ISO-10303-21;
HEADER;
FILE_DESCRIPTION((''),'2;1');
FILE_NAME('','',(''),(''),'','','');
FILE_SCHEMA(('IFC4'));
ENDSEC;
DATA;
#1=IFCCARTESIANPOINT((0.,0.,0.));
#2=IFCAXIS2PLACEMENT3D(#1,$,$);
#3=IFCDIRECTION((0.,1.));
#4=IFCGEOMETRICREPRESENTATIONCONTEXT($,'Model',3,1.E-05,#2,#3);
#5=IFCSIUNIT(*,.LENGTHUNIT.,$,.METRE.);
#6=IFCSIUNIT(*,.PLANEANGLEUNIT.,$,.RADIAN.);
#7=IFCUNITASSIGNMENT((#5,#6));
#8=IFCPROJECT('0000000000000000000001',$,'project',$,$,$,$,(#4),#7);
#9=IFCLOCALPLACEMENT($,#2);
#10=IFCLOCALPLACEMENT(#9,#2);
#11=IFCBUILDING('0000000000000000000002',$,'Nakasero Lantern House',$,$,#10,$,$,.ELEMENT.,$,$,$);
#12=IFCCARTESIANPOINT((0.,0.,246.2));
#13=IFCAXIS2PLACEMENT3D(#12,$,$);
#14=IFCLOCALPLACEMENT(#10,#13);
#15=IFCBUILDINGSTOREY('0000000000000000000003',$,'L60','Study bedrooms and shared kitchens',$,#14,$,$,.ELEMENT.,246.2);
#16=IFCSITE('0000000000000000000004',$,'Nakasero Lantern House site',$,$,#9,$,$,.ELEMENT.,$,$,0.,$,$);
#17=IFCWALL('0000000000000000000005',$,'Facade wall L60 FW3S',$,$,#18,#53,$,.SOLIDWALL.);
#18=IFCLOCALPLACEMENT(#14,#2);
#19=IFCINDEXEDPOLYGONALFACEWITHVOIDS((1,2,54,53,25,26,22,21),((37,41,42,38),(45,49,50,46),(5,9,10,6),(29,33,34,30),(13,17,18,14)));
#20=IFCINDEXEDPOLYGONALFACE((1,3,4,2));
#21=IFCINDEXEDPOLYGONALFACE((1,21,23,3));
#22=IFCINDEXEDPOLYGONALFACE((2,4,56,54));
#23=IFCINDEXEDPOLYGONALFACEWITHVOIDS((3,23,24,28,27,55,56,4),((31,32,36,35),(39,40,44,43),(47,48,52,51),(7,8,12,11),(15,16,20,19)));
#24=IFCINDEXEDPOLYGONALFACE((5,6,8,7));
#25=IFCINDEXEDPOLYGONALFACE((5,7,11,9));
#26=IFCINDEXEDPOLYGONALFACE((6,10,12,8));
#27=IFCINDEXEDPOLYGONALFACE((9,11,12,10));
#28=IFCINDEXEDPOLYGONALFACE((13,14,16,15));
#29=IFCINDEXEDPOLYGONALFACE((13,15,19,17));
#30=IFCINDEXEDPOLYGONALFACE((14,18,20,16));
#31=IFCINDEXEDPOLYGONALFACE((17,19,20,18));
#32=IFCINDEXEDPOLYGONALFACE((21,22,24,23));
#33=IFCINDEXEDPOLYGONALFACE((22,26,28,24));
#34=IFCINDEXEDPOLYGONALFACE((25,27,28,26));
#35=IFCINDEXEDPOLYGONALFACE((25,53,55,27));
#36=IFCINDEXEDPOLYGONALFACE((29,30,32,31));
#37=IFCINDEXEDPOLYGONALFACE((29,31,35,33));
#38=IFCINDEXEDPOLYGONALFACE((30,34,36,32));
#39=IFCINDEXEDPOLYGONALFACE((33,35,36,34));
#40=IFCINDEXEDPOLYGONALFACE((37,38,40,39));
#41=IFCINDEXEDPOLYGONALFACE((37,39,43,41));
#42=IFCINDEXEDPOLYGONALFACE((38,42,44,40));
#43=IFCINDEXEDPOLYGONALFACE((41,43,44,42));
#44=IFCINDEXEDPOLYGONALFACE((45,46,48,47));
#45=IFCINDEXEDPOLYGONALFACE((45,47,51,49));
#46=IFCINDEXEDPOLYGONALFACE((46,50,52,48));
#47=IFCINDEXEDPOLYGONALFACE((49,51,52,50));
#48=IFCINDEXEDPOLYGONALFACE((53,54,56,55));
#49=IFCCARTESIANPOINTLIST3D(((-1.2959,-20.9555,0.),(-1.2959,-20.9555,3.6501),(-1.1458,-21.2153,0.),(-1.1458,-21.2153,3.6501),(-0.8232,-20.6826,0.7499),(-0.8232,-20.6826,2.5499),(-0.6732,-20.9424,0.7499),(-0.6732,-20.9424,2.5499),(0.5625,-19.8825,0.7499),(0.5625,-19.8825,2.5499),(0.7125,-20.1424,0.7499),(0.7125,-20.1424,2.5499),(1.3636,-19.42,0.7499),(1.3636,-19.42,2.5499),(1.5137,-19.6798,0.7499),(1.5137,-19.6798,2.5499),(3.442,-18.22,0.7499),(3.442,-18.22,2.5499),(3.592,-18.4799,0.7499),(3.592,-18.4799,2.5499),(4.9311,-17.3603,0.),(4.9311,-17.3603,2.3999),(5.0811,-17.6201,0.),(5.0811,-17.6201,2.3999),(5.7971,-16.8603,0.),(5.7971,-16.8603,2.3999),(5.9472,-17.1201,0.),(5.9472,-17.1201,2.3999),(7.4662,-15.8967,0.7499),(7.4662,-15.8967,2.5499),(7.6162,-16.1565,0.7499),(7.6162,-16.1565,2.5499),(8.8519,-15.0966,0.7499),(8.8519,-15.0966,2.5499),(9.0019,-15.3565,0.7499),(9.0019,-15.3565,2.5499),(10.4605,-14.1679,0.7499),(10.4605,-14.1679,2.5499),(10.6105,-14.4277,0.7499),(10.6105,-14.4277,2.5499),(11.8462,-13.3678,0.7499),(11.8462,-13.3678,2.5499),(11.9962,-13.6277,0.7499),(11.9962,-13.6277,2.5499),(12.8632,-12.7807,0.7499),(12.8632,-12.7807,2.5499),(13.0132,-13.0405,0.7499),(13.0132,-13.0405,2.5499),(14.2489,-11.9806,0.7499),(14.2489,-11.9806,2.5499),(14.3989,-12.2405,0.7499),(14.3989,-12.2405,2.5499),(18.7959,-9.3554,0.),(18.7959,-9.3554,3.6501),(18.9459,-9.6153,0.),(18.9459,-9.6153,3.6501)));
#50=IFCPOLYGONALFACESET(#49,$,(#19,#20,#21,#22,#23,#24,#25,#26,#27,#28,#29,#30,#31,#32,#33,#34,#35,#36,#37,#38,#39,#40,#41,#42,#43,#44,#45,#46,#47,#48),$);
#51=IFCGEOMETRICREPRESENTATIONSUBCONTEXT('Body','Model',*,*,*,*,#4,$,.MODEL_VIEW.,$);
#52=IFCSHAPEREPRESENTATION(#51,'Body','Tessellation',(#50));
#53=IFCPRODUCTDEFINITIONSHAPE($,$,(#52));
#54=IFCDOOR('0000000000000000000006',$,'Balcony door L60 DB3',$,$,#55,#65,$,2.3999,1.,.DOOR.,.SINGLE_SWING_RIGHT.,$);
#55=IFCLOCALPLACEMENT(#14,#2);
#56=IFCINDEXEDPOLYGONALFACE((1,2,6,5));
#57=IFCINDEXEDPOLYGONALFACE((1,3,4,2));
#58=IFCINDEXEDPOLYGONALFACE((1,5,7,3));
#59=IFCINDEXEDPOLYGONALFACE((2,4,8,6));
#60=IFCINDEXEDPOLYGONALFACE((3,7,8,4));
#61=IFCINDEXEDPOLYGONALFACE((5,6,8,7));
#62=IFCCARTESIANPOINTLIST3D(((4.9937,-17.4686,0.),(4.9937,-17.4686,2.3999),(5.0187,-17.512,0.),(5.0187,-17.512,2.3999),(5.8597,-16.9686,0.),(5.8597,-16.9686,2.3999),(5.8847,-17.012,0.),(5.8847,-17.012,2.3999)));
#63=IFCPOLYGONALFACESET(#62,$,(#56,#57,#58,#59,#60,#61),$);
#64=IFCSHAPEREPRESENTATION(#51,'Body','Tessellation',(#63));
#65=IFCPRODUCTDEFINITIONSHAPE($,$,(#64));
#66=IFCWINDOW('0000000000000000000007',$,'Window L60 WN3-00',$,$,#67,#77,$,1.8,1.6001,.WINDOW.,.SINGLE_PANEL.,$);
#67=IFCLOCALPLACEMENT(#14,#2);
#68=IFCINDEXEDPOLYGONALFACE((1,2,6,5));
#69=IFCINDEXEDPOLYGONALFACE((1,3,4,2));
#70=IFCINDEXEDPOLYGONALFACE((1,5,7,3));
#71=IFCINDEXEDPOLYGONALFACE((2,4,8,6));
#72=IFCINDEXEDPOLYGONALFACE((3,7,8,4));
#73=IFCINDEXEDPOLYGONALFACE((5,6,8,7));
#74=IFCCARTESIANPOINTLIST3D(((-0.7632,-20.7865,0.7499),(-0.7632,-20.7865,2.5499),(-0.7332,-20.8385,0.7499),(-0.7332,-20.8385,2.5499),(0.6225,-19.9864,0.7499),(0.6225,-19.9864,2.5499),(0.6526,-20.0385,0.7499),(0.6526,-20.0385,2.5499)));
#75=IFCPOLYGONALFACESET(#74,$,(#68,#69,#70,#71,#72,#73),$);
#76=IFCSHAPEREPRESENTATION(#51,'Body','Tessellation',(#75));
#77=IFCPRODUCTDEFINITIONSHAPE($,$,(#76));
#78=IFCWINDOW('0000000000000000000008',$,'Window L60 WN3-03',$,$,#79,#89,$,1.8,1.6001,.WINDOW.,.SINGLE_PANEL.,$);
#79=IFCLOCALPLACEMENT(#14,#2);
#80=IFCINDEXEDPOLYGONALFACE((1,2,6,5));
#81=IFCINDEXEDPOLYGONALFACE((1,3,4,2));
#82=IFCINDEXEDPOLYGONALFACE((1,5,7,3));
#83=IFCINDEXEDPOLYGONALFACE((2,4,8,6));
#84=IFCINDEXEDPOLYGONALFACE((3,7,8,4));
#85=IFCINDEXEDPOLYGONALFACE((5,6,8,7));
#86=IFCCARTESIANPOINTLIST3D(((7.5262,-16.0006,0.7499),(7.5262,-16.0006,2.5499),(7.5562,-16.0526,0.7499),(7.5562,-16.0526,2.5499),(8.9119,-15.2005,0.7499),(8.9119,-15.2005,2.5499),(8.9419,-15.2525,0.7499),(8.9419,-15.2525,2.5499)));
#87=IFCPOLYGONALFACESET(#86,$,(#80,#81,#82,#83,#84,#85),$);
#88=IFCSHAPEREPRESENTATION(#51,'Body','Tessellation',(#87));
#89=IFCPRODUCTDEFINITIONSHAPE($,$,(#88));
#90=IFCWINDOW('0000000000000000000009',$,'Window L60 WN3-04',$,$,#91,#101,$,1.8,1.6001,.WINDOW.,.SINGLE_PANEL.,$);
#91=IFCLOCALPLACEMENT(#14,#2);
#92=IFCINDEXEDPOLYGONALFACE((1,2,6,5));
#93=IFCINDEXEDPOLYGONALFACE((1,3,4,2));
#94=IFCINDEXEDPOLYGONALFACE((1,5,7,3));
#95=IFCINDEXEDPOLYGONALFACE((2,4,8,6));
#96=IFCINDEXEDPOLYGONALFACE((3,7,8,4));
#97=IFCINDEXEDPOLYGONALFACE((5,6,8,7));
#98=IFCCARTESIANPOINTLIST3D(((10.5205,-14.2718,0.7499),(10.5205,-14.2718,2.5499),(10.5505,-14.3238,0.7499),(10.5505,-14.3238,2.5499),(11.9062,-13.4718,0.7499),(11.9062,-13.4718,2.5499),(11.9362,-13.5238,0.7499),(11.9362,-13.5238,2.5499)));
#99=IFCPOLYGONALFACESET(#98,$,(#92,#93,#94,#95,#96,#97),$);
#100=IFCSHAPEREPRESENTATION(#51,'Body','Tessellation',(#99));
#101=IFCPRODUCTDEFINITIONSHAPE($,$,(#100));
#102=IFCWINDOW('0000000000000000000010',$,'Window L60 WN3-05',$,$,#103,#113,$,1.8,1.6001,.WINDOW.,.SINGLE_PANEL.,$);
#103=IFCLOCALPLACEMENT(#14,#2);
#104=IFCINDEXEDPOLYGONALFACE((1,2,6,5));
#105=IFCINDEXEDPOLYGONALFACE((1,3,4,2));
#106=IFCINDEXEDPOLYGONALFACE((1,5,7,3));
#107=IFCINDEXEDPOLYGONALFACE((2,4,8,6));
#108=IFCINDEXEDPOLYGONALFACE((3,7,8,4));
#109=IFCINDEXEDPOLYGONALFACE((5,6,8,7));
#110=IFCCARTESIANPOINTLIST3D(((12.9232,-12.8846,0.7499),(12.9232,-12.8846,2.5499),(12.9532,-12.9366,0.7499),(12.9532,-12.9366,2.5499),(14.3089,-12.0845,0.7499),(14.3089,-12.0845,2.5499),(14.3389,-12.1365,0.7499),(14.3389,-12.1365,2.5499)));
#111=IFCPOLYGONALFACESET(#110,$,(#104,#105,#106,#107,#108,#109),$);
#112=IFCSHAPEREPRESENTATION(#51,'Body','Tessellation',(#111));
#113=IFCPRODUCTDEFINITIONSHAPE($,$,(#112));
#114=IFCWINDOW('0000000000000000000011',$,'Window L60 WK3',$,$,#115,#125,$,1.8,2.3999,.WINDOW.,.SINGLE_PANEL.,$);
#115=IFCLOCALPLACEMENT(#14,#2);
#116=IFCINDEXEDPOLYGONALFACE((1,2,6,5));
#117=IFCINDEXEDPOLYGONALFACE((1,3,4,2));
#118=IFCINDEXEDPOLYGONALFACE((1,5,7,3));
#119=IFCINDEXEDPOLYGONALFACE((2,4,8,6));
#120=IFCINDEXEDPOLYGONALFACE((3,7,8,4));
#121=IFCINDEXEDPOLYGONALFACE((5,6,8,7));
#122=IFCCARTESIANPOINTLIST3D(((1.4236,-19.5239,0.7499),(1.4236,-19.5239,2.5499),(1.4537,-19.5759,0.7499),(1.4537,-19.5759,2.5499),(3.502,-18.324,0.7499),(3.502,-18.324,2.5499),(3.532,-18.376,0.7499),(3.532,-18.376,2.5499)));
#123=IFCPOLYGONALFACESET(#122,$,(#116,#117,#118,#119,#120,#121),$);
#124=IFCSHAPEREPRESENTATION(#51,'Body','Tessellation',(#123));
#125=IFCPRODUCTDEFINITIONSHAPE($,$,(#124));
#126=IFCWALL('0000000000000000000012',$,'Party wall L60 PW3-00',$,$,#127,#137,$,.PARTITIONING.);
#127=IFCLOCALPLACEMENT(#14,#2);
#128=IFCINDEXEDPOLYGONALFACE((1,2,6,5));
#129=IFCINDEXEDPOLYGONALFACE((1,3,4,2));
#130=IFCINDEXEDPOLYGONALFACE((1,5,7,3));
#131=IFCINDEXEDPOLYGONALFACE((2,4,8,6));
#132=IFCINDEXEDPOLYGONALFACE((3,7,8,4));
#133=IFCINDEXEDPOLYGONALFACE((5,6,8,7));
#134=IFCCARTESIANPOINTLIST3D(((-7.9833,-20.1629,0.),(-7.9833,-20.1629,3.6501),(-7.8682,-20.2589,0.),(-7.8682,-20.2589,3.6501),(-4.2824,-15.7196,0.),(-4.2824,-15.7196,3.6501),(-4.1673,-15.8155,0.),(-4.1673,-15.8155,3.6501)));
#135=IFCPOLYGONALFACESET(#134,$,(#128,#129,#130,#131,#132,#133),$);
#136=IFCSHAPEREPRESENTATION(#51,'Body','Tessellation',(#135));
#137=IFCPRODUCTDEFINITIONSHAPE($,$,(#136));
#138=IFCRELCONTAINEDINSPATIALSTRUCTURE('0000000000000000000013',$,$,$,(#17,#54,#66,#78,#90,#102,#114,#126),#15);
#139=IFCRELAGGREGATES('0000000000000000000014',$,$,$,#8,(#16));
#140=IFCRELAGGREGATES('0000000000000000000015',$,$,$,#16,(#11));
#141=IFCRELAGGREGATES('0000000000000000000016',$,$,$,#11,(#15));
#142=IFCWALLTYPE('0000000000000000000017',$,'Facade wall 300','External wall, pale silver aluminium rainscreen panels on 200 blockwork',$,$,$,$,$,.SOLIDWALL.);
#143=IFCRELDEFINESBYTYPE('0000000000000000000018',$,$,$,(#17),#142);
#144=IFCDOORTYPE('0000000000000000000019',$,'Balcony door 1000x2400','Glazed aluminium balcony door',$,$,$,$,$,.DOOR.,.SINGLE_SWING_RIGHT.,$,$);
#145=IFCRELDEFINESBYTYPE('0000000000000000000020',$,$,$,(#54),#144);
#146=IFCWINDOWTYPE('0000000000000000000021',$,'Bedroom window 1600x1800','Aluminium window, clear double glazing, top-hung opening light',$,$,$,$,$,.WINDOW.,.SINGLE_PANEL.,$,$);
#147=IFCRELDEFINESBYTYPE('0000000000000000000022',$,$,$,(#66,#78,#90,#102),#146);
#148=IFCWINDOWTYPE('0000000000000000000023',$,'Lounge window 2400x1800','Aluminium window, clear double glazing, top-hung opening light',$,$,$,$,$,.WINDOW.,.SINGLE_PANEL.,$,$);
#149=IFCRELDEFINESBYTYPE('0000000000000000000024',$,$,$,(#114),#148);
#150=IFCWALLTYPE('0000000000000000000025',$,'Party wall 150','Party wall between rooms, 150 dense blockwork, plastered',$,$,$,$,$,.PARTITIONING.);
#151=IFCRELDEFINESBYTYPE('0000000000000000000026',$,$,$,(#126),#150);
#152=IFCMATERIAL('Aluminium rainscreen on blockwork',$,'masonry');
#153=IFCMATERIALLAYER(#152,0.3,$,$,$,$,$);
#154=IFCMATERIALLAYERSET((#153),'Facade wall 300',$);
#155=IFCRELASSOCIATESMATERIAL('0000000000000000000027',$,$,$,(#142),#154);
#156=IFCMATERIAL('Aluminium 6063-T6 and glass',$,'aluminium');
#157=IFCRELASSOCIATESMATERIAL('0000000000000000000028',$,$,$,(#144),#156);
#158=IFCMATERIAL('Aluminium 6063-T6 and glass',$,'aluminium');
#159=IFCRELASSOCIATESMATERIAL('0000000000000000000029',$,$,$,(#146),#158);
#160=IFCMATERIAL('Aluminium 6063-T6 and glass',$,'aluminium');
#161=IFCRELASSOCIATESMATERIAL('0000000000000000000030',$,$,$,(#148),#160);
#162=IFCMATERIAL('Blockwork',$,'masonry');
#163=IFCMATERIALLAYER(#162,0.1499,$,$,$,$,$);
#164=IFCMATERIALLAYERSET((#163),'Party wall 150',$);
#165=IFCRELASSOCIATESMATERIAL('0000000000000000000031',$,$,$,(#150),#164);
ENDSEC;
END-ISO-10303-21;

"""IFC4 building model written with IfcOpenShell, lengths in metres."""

from ifc_helpers import new_model, si_unit, direction, frame, frame_2d, origin, place, context, subcontext, project, spatial, rectangle, extrude, material, layer, layer_set, type_object, element, fill, save


model = new_model("IFC4")

# Units and contexts
model_context = context("Model", 3, precision=1e-05, world=origin(), true_north=direction((0.0, 1.0)))
body_context = subcontext(model_context, "Body", "Model", "MODEL_VIEW")
ifc_project = project(units=[si_unit("LENGTHUNIT", "METRE"), si_unit("PLANEANGLEUNIT", "RADIAN")], contexts=[model_context])

# Site, building, storey
site_placement = place(None, origin())
site = spatial("IfcSite", under=ifc_project, at=site_placement, Name="Nakasero Lantern House site", CompositionType="ELEMENT", RefElevation=0.0)
building_placement = place(site_placement, origin())
building = spatial("IfcBuilding", under=site, at=building_placement, Name="Nakasero Lantern House", CompositionType="ELEMENT")
storey_placement = place(building_placement, frame((0.0, 0.0, 246.2)))
storey = spatial("IfcBuildingStorey", under=building, at=storey_placement, Name="L60", Description="Study bedrooms and shared kitchens", CompositionType="ELEMENT", Elevation=246.2)

# Shared definitions
ifc_material_1 = material(Name="Aluminium rainscreen on blockwork", Category="masonry")
ifc_layer_1 = layer(ifc_material_1, 0.3)
ifc_layer_set_1 = layer_set([ifc_layer_1], Name="Facade wall 300")
wall_type_1 = type_object("IfcWallType", Name="Facade wall 300", Description="External wall, pale silver aluminium rainscreen panels on 200 blockwork", PredefinedType="SOLIDWALL", material=ifc_layer_set_1)

# Wall, openings, door, windows
wall_1_placement = place(storey_placement, frame((-1.2209, -21.0854, 0.0), z_axis=(0.0, 0.0, 1.0), x_axis=(0.866024, 0.500003, 0.0)))
wall_1 = element("IfcWall", 1, at=wall_1_placement, inside=storey, type_object=wall_type_1, Name="Facade wall L60 FW3S", PredefinedType="SOLIDWALL", context=body_context, shape_type="SweptSolid", body=[
    extrude(rectangle(XDim=23.2, YDim=0.3, at=frame_2d((11.6001, 0.0))), origin(), (0.0, 0.0, 1.0), 3.6501),
])
opening_1_placement = place(wall_1_placement, frame((0.5459, 0.0, 0.75)))
opening_1 = element("IfcOpeningElement", 2, at=opening_1_placement, cuts=wall_1, PredefinedType="OPENING", context=body_context, shape_type="SweptSolid", body=[
    extrude(rectangle(XDim=1.6001, YDim=1.8, at=frame_2d((0.8, 0.8999))), frame((0.0, 0.1699, 0.0), z_axis=(0.0, -1.0, 0.0), x_axis=(1.0, 0.0, 0.0)), (0.0, 0.0, 1.0), 0.3401),
])
opening_2_placement = place(wall_1_placement, frame((10.1177, 0.0, 0.75)))
opening_2 = element("IfcOpeningElement", 3, at=opening_2_placement, cuts=wall_1, PredefinedType="OPENING", context=body_context, shape_type="SweptSolid", body=[
    extrude(rectangle(XDim=1.6001, YDim=1.8, at=frame_2d((0.8, 0.8999))), frame((0.0, 0.1699, 0.0), z_axis=(0.0, -1.0, 0.0), x_axis=(1.0, 0.0, 0.0)), (0.0, 0.0, 1.0), 0.3401),
])
opening_3_placement = place(wall_1_placement, frame((13.5752, 0.0, 0.75)))
opening_3 = element("IfcOpeningElement", 4, at=opening_3_placement, cuts=wall_1, PredefinedType="OPENING", context=body_context, shape_type="SweptSolid", body=[
    extrude(rectangle(XDim=1.6001, YDim=1.8, at=frame_2d((0.8, 0.8999))), frame((0.0, 0.1699, 0.0), z_axis=(0.0, -1.0, 0.0), x_axis=(1.0, 0.0, 0.0)), (0.0, 0.0, 1.0), 0.3401),
])
opening_4_placement = place(wall_1_placement, frame((16.3496, 0.0, 0.75)))
opening_4 = element("IfcOpeningElement", 5, at=opening_4_placement, cuts=wall_1, PredefinedType="OPENING", context=body_context, shape_type="SweptSolid", body=[
    extrude(rectangle(XDim=1.6001, YDim=1.8, at=frame_2d((0.8, 0.8999))), frame((0.0, 0.1699, 0.0), z_axis=(0.0, -1.0, 0.0), x_axis=(1.0, 0.0, 0.0)), (0.0, 0.0, 1.0), 0.3401),
])
opening_5_placement = place(wall_1_placement, frame((3.071, 0.0, 0.75)))
opening_5 = element("IfcOpeningElement", 6, at=opening_5_placement, cuts=wall_1, PredefinedType="OPENING", context=body_context, shape_type="SweptSolid", body=[
    extrude(rectangle(XDim=2.3999, YDim=1.8, at=frame_2d((1.2, 0.8999))), frame((0.0, 0.1699, 0.0), z_axis=(0.0, -1.0, 0.0), x_axis=(1.0, 0.0, 0.0)), (0.0, 0.0, 1.0), 0.3401),
])
opening_6_placement = place(wall_1_placement, frame((7.1904, 0.0, 0.0)))
opening_6 = element("IfcOpeningElement", 7, at=opening_6_placement, cuts=wall_1, PredefinedType="OPENING", context=body_context, shape_type="SweptSolid", body=[
    extrude(rectangle(XDim=1.0, YDim=2.3999, at=frame_2d((0.5, 1.2))), frame((0.0, 0.1699, 0.0), z_axis=(0.0, -1.0, 0.0), x_axis=(1.0, 0.0, 0.0)), (0.0, 0.0, 1.0), 0.3401),
])
ifc_material_2 = material(Name="Aluminium 6063-T6 and glass", Category="aluminium")
door_type_1 = type_object("IfcDoorType", Name="Balcony door 1000x2400", Description="Glazed aluminium balcony door", OperationType="SINGLE_SWING_RIGHT", PredefinedType="DOOR", material=ifc_material_2)
door_1_placement = place(opening_6_placement, origin())
door_1 = element("IfcDoor", 8, at=door_1_placement, inside=storey, type_object=door_type_1, Name="Balcony door L60 DB3", OperationType="SINGLE_SWING_RIGHT", OverallHeight=2.3999, OverallWidth=1.0, PredefinedType="DOOR", context=body_context, shape_type="SweptSolid", body=[
    extrude(rectangle(XDim=1.0, YDim=2.3999, at=frame_2d((0.5, 1.2))), frame((0.0, 0.0249, 0.0), z_axis=(0.0, -1.0, 0.0), x_axis=(1.0, 0.0, 0.0)), (0.0, 0.0, 1.0), 0.05),
])
fill(opening_6, door_1)
ifc_material_3 = material(Name="Aluminium 6063-T6 and glass", Category="aluminium")
window_type_1 = type_object("IfcWindowType", Name="Bedroom window 1600x1800", Description="Aluminium window, clear double glazing, top-hung opening light", PartitioningType="SINGLE_PANEL", PredefinedType="WINDOW", material=ifc_material_3)
window_1_placement = place(opening_1_placement, origin())
window_1 = element("IfcWindow", 9, at=window_1_placement, inside=storey, type_object=window_type_1, Name="Window L60 WN3-00", OverallHeight=1.8, OverallWidth=1.6001, PartitioningType="SINGLE_PANEL", PredefinedType="WINDOW", context=body_context, shape_type="SweptSolid", body=[
    extrude(rectangle(XDim=1.6001, YDim=1.8, at=frame_2d((0.8, 0.8999))), frame((0.0, 0.03, 0.0), z_axis=(0.0, -1.0, 0.0), x_axis=(1.0, 0.0, 0.0)), (0.0, 0.0, 1.0), 0.0601),
])
fill(opening_1, window_1)
window_2_placement = place(opening_2_placement, origin())
window_2 = element("IfcWindow", 10, at=window_2_placement, inside=storey, type_object=window_type_1, Name="Window L60 WN3-03", OverallHeight=1.8, OverallWidth=1.6001, PartitioningType="SINGLE_PANEL", PredefinedType="WINDOW", context=body_context, shape_type="SweptSolid", body=[
    extrude(rectangle(XDim=1.6001, YDim=1.8, at=frame_2d((0.8, 0.8999))), frame((0.0, 0.03, 0.0), z_axis=(0.0, -1.0, 0.0), x_axis=(1.0, 0.0, 0.0)), (0.0, 0.0, 1.0), 0.0601),
])
fill(opening_2, window_2)
window_3_placement = place(opening_3_placement, origin())
window_3 = element("IfcWindow", 11, at=window_3_placement, inside=storey, type_object=window_type_1, Name="Window L60 WN3-04", OverallHeight=1.8, OverallWidth=1.6001, PartitioningType="SINGLE_PANEL", PredefinedType="WINDOW", context=body_context, shape_type="SweptSolid", body=[
    extrude(rectangle(XDim=1.6001, YDim=1.8, at=frame_2d((0.8, 0.8999))), frame((0.0, 0.03, 0.0), z_axis=(0.0, -1.0, 0.0), x_axis=(1.0, 0.0, 0.0)), (0.0, 0.0, 1.0), 0.0601),
])
fill(opening_3, window_3)
window_4_placement = place(opening_4_placement, origin())
window_4 = element("IfcWindow", 12, at=window_4_placement, inside=storey, type_object=window_type_1, Name="Window L60 WN3-05", OverallHeight=1.8, OverallWidth=1.6001, PartitioningType="SINGLE_PANEL", PredefinedType="WINDOW", context=body_context, shape_type="SweptSolid", body=[
    extrude(rectangle(XDim=1.6001, YDim=1.8, at=frame_2d((0.8, 0.8999))), frame((0.0, 0.03, 0.0), z_axis=(0.0, -1.0, 0.0), x_axis=(1.0, 0.0, 0.0)), (0.0, 0.0, 1.0), 0.0601),
])
fill(opening_4, window_4)
ifc_material_4 = material(Name="Aluminium 6063-T6 and glass", Category="aluminium")
window_type_2 = type_object("IfcWindowType", Name="Lounge window 2400x1800", Description="Aluminium window, clear double glazing, top-hung opening light", PartitioningType="SINGLE_PANEL", PredefinedType="WINDOW", material=ifc_material_4)
window_5_placement = place(opening_5_placement, origin())
window_5 = element("IfcWindow", 13, at=window_5_placement, inside=storey, type_object=window_type_2, Name="Window L60 WK3", OverallHeight=1.8, OverallWidth=2.3999, PartitioningType="SINGLE_PANEL", PredefinedType="WINDOW", context=body_context, shape_type="SweptSolid", body=[
    extrude(rectangle(XDim=2.3999, YDim=1.8, at=frame_2d((1.2, 0.8999))), frame((0.0, 0.03, 0.0), z_axis=(0.0, -1.0, 0.0), x_axis=(1.0, 0.0, 0.0)), (0.0, 0.0, 1.0), 0.0601),
])
fill(opening_5, window_5)

# Wall
ifc_material_5 = material(Name="Blockwork", Category="masonry")
ifc_layer_2 = layer(ifc_material_5, 0.1499)
ifc_layer_set_2 = layer_set([ifc_layer_2], Name="Party wall 150")
wall_type_2 = type_object("IfcWallType", Name="Party wall 150", Description="Party wall between rooms, 150 dense blockwork, plastered", PredefinedType="PARTITIONING", material=ifc_layer_set_2)
wall_2_placement = place(storey_placement, frame((-4.2249, -15.7676, 0.0), z_axis=(0.0, 0.0, 1.0), x_axis=(-0.639993, -0.76838, 0.0)))
element("IfcWall", 14, at=wall_2_placement, inside=storey, type_object=wall_type_2, Name="Party wall L60 PW3-00", PredefinedType="PARTITIONING", context=body_context, shape_type="SweptSolid", body=[
    extrude(rectangle(XDim=5.7827, YDim=0.1499, at=frame_2d((2.8914, 0.0))), origin(), (0.0, 0.0, 1.0), 3.6501),
])

save(model, "model.ifc")
